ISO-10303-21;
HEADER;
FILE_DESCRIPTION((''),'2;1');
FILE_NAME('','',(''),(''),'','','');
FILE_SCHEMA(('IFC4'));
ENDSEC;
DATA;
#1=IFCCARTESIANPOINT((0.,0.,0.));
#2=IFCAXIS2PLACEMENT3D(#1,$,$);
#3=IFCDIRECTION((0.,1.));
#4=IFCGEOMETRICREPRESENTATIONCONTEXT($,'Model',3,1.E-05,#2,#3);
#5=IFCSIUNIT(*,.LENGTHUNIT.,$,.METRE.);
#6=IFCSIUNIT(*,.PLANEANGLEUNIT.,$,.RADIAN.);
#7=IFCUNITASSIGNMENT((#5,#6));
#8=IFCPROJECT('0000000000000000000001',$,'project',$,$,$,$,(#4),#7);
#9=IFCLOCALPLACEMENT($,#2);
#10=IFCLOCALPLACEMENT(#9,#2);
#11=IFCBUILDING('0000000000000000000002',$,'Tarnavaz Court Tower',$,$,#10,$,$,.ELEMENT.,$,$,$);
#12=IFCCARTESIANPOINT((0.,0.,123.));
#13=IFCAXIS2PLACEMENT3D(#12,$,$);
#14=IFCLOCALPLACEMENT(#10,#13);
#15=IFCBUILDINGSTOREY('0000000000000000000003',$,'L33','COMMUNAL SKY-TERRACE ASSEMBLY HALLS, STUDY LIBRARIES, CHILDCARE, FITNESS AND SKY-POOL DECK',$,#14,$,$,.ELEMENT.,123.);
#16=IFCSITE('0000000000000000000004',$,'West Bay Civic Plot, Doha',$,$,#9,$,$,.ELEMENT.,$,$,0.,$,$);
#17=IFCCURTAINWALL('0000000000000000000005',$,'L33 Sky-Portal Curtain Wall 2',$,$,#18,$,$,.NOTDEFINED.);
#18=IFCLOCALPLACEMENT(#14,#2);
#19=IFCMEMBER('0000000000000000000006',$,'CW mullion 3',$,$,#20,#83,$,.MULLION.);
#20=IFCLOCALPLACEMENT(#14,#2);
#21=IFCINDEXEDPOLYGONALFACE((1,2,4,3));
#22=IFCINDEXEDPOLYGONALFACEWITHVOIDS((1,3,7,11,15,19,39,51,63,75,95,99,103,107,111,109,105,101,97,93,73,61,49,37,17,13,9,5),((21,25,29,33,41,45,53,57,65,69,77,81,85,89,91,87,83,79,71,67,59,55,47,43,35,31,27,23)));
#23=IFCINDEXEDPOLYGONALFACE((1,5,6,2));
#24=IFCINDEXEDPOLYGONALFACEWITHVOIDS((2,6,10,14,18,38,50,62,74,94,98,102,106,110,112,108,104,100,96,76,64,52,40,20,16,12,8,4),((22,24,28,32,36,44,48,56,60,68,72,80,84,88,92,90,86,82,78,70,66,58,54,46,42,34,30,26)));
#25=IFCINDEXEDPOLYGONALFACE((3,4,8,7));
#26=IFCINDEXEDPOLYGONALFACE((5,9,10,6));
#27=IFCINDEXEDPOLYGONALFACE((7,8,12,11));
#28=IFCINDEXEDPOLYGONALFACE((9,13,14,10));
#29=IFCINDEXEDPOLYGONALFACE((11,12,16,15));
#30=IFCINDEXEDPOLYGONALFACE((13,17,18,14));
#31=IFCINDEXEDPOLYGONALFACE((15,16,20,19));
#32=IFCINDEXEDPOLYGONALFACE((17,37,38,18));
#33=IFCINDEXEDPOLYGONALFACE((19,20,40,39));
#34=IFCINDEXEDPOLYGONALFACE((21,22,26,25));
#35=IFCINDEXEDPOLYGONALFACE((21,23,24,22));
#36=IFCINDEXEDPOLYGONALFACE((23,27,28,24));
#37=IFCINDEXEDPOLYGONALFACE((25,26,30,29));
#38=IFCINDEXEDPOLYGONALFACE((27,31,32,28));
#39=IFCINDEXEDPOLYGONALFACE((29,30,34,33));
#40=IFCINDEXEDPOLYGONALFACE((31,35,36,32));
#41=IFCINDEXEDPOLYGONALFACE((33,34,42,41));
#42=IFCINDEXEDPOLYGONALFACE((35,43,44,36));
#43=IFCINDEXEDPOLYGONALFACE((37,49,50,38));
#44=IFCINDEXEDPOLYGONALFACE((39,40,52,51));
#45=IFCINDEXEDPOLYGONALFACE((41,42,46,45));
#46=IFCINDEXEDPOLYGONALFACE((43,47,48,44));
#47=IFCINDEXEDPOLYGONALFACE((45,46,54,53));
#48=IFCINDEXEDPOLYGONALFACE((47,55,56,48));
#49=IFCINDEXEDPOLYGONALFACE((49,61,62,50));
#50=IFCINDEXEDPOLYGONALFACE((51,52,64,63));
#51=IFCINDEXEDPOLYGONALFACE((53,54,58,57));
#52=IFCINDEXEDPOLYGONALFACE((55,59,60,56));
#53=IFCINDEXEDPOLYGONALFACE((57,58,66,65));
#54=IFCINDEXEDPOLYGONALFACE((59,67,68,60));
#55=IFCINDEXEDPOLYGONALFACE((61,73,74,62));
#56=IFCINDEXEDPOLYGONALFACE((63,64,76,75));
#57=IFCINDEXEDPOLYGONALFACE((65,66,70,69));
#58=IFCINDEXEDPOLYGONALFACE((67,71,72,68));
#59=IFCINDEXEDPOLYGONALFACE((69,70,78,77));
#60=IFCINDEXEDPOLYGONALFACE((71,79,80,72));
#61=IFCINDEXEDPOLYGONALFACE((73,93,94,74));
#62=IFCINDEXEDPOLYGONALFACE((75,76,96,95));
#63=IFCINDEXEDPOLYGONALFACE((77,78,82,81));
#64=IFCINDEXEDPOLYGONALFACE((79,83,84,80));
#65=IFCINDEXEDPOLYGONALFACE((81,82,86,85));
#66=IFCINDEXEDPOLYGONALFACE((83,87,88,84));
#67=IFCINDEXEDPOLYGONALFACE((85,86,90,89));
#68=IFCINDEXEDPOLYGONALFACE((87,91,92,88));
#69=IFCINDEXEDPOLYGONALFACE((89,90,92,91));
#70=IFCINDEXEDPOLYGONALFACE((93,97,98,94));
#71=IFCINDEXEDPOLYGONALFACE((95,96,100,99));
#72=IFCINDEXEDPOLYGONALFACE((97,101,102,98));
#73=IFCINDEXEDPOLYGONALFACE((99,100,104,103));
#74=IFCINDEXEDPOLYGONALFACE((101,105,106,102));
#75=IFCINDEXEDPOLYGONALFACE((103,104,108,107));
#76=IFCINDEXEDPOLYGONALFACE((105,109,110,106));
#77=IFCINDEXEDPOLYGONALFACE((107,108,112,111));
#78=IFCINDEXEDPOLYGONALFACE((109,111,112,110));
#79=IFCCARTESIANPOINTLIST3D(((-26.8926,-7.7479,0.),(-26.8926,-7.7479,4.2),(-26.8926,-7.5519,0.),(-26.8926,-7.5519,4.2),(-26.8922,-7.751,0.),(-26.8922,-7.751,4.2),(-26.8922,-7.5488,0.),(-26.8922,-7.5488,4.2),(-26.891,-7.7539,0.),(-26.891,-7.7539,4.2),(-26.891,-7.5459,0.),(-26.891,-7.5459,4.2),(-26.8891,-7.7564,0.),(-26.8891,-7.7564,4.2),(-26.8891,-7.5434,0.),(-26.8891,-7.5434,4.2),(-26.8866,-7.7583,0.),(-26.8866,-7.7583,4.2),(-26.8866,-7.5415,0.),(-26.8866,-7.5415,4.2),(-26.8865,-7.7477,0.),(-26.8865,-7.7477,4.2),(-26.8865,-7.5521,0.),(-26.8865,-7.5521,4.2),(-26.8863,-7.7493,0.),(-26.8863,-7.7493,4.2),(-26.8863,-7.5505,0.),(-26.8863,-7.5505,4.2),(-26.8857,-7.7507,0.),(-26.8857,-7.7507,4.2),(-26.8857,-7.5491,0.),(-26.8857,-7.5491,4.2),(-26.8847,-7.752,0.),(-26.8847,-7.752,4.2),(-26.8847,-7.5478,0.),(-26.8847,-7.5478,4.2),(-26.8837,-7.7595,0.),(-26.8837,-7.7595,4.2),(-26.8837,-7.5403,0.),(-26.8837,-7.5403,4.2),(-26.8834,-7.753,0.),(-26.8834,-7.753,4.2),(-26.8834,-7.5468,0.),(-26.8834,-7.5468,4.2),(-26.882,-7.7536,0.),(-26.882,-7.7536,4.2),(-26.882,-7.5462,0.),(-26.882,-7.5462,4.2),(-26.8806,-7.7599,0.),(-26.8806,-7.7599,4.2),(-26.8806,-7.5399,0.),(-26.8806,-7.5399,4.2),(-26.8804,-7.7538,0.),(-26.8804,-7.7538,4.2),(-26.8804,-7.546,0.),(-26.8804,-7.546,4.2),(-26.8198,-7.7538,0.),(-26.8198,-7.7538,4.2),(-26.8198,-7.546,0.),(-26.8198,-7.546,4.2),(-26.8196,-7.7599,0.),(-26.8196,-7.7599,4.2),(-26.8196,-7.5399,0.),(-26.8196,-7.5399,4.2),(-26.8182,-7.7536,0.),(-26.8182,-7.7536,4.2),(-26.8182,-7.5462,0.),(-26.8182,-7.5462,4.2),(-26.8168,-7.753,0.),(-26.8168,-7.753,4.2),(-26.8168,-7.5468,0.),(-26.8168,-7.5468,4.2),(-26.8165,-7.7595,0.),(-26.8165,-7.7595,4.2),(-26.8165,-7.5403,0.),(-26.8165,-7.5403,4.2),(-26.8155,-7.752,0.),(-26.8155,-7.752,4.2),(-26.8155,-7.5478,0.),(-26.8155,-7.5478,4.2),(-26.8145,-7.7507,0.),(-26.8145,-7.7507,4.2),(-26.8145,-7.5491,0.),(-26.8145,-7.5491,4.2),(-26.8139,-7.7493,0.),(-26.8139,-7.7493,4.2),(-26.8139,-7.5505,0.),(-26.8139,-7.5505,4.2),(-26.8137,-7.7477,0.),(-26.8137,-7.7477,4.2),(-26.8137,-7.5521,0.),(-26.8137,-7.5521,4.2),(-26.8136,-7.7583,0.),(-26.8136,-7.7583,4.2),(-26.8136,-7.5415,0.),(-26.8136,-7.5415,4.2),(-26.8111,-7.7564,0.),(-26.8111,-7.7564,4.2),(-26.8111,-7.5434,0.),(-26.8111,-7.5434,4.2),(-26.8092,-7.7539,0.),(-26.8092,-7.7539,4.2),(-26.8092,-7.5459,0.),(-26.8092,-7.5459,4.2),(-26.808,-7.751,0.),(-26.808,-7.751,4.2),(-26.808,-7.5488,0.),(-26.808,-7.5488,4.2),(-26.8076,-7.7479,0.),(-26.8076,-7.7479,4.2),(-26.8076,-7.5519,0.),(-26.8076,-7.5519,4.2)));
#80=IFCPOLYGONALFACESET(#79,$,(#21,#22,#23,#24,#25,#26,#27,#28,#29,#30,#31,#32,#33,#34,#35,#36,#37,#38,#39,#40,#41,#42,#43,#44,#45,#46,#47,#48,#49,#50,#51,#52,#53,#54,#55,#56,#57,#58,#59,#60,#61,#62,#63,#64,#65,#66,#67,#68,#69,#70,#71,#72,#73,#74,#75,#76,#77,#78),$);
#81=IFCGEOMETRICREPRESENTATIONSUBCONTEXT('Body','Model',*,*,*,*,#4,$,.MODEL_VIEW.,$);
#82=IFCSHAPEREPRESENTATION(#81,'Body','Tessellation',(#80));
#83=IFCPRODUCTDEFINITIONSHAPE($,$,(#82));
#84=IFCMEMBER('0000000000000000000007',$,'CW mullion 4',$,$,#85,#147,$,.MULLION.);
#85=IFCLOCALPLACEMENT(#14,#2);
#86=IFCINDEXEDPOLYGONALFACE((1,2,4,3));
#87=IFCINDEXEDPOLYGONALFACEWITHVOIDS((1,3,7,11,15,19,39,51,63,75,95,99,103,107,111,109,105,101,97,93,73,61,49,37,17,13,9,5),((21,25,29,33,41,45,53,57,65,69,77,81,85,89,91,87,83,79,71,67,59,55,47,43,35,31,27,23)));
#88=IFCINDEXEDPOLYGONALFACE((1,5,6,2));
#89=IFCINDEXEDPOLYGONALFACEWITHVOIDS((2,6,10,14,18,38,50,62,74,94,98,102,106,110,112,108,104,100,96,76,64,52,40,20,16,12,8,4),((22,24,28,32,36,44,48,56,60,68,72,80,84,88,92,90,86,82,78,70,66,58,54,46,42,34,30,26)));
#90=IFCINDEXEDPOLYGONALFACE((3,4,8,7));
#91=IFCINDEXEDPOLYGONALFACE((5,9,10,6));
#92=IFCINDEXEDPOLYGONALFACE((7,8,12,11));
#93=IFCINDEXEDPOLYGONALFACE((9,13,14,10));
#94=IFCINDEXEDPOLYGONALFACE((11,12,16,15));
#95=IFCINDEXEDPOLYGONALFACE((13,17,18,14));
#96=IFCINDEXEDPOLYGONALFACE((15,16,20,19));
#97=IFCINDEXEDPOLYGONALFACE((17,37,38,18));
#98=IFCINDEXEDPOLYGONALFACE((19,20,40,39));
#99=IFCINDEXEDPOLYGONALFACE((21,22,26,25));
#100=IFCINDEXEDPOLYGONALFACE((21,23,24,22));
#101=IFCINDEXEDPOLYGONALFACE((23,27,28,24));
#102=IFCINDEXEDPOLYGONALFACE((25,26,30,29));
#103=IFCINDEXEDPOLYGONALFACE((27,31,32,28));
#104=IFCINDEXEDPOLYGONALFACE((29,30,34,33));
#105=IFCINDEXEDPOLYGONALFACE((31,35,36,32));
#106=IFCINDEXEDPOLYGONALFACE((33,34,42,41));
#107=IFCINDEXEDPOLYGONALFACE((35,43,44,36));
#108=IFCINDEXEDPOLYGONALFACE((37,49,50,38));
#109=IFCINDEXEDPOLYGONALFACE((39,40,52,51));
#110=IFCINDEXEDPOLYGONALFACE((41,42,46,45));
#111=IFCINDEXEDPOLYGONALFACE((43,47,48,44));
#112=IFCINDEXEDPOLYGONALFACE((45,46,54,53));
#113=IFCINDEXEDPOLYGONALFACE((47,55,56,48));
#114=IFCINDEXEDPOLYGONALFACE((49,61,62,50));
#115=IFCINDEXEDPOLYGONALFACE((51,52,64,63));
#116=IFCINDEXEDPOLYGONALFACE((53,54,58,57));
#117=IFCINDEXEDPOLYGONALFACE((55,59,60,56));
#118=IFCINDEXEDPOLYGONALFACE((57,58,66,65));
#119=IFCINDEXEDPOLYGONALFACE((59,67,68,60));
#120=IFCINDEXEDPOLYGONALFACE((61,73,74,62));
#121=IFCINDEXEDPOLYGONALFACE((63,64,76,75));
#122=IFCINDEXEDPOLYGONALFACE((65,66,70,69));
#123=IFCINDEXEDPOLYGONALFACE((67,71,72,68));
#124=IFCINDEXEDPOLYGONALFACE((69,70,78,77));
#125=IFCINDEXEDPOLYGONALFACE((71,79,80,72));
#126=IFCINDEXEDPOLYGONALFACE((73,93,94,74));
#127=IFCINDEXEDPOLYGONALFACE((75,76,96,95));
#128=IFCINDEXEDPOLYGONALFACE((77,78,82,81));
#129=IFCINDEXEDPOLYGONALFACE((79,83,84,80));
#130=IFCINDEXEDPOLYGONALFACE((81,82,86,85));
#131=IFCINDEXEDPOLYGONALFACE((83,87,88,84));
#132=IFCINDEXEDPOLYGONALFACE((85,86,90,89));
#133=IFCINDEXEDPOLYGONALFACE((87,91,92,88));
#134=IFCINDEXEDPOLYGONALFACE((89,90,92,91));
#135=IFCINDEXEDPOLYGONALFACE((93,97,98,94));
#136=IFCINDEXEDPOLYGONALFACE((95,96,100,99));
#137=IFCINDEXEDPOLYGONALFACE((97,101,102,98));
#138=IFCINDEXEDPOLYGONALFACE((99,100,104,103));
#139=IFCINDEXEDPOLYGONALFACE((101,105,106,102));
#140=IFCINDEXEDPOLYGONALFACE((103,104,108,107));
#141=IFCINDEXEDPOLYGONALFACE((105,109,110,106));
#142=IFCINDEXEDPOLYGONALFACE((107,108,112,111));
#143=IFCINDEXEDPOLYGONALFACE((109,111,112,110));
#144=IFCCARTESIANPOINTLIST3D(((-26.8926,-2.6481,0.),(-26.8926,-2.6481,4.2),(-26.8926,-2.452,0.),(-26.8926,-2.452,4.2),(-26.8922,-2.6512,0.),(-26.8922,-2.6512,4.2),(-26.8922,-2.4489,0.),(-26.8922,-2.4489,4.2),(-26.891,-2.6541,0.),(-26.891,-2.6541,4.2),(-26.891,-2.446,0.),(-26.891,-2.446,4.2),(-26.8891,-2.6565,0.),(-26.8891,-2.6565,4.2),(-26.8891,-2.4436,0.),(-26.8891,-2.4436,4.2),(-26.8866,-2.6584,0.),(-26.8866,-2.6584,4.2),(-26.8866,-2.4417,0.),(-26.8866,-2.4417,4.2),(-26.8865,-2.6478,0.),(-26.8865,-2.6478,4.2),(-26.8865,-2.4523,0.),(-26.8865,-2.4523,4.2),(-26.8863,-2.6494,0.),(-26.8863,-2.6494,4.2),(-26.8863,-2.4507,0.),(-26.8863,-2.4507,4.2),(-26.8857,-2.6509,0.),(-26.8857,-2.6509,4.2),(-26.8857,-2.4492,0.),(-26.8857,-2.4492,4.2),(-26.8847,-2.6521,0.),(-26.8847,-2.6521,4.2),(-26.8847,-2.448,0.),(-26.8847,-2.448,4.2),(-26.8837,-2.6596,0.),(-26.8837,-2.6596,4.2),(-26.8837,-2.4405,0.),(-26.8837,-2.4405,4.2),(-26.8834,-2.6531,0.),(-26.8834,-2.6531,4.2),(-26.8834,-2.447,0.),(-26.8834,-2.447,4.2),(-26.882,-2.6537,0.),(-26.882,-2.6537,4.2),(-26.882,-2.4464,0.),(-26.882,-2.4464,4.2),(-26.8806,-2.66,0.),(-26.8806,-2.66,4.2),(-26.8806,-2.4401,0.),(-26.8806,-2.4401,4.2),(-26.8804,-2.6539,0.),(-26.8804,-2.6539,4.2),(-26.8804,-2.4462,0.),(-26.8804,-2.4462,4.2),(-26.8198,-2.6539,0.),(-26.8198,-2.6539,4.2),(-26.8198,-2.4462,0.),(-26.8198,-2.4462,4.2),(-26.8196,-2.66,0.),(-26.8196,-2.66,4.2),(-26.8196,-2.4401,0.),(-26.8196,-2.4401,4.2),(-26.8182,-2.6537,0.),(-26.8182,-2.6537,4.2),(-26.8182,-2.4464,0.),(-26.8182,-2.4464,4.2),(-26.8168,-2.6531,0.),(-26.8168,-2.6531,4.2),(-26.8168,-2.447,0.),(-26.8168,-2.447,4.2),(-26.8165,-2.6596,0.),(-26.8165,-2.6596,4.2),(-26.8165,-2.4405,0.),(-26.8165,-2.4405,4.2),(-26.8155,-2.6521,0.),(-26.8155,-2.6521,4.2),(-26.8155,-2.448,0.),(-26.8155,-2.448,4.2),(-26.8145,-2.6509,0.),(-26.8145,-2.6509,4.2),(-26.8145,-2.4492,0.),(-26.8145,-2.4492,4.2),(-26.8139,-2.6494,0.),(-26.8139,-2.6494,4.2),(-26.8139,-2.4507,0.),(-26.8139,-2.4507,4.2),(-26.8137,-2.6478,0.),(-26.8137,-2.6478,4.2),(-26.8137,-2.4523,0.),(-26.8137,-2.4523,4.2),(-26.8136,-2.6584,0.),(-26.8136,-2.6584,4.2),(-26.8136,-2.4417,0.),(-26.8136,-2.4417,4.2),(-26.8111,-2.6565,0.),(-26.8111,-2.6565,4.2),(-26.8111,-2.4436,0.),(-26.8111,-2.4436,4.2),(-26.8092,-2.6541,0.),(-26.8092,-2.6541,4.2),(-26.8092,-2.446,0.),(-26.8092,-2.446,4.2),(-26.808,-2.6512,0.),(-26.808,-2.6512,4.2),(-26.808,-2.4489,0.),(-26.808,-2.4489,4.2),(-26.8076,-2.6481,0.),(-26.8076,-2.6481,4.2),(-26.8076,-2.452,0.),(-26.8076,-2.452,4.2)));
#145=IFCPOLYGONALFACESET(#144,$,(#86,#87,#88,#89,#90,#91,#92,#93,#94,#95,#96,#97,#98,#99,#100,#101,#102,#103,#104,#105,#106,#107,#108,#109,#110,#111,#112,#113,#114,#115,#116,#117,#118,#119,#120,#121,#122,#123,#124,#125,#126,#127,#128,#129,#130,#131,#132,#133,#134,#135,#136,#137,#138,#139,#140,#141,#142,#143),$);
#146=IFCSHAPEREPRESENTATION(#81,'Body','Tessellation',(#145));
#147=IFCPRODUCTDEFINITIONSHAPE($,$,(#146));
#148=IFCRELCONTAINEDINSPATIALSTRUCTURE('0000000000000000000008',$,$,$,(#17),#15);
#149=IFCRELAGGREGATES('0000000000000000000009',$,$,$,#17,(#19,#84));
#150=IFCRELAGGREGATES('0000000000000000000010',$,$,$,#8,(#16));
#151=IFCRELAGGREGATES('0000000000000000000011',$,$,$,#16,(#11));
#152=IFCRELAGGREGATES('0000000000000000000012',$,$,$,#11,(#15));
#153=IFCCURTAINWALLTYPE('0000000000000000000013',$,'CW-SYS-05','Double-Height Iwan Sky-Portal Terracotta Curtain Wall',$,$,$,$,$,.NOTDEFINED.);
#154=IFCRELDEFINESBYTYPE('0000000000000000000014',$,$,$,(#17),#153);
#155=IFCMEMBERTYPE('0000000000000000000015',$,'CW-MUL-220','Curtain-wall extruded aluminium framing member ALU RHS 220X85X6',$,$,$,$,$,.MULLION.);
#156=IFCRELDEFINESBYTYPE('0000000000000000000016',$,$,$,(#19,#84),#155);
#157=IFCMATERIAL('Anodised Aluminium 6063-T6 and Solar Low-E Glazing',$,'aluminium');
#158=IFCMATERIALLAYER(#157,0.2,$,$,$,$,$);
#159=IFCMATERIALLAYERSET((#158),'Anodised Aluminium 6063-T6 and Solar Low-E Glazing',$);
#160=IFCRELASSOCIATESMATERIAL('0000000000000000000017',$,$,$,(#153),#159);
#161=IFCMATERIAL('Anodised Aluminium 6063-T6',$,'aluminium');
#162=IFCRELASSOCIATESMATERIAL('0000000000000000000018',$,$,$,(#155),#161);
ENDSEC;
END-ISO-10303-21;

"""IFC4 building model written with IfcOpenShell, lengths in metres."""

from ifc_helpers import new_model, si_unit, direction, frame, origin, origin_2d, place, context, subcontext, project, spatial, hollow_rectangle, extrude, material, layer, layer_set, material_profile, profile_set, type_object, element, aggregate, save


model = new_model("IFC4")

# Units and contexts
model_context = context("Model", 3, precision=1e-05, world=origin(), true_north=direction((0.0, 1.0)))
body_context = subcontext(model_context, "Body", "Model", "MODEL_VIEW")
ifc_project = project(units=[si_unit("LENGTHUNIT", "METRE"), si_unit("PLANEANGLEUNIT", "RADIAN")], contexts=[model_context])

# Site, building, storey
site_placement = place(None, origin())
site = spatial("IfcSite", under=ifc_project, at=site_placement, Name="West Bay Civic Plot, Doha", CompositionType="ELEMENT", RefElevation=0.0)
building_placement = place(site_placement, origin())
building = spatial("IfcBuilding", under=site, at=building_placement, Name="Tarnavaz Court Tower", CompositionType="ELEMENT")
storey_placement = place(building_placement, frame((0.0, 0.0, 123.0)))
storey = spatial("IfcBuildingStorey", under=building, at=storey_placement, Name="L33", Description="COMMUNAL SKY-TERRACE ASSEMBLY HALLS, STUDY LIBRARIES, CHILDCARE, FITNESS AND SKY-POOL DECK", CompositionType="ELEMENT", Elevation=123.0)

# Curtain wall, members
ifc_material_1 = material(Name="Anodised Aluminium 6063-T6 and Solar Low-E Glazing", Category="aluminium")
ifc_layer_1 = layer(ifc_material_1, 0.2)
ifc_layer_set_1 = layer_set([ifc_layer_1], Name="Anodised Aluminium 6063-T6 and Solar Low-E Glazing")
curtain_wall_type = type_object("IfcCurtainWallType", Name="CW-SYS-05", Description="Double-Height Iwan Sky-Portal Terracotta Curtain Wall", PredefinedType="NOTDEFINED", material=ifc_layer_set_1)
curtain_wall_placement = place(storey_placement, origin())
curtain_wall = element("IfcCurtainWall", 1, at=curtain_wall_placement, inside=storey, type_object=curtain_wall_type, Name="L33 Sky-Portal Curtain Wall 2", PredefinedType="NOTDEFINED")
ifc_material_2 = material(Name="Anodised Aluminium 6063-T6", Category="aluminium")
ifc_material_profile_1 = material_profile(ifc_material_2, hollow_rectangle(XDim=0.085, YDim=0.22, WallThickness=0.0061, InnerFilletRadius=0.0061, OuterFilletRadius=0.012, at=origin_2d()), Name="ALU RHS 220X85X6")
ifc_profile_set_1 = profile_set([ifc_material_profile_1], Name="Anodised Aluminium 6063-T6")
member_type_1 = type_object("IfcMemberType", Name="CW-MUL-220", Description="Curtain-wall extruded aluminium framing member ALU RHS 220X85X6", PredefinedType="MULLION", material=ifc_profile_set_1)
member_1_placement = place(storey_placement, frame((-26.8501, -7.6499, 0.0), z_axis=(0.0, 0.0, 1.0), x_axis=(-1.0, 0.0, 0.0)))
member_1 = element("IfcMember", 2, at=member_1_placement, type_object=member_type_1, Name="CW mullion 3", PredefinedType="MULLION", context=body_context, shape_type="SweptSolid", body=[
    extrude(hollow_rectangle(XDim=0.085, YDim=0.22, WallThickness=0.0061, InnerFilletRadius=0.0061, OuterFilletRadius=0.012, at=origin_2d()), origin(), (0.0, 0.0, 1.0), 4.2),
])
member_2_placement = place(storey_placement, frame((-26.8501, -2.55, 0.0), z_axis=(0.0, 0.0, 1.0), x_axis=(-1.0, 0.0, 0.0)))
member_2 = element("IfcMember", 3, at=member_2_placement, type_object=member_type_1, Name="CW mullion 4", PredefinedType="MULLION", context=body_context, shape_type="SweptSolid", body=[
    extrude(hollow_rectangle(XDim=0.085, YDim=0.22, WallThickness=0.0061, InnerFilletRadius=0.0061, OuterFilletRadius=0.012, at=origin_2d()), origin(), (0.0, 0.0, 1.0), 4.2),
])
aggregate(curtain_wall, [member_1, member_2])

save(model, "model.ifc")
